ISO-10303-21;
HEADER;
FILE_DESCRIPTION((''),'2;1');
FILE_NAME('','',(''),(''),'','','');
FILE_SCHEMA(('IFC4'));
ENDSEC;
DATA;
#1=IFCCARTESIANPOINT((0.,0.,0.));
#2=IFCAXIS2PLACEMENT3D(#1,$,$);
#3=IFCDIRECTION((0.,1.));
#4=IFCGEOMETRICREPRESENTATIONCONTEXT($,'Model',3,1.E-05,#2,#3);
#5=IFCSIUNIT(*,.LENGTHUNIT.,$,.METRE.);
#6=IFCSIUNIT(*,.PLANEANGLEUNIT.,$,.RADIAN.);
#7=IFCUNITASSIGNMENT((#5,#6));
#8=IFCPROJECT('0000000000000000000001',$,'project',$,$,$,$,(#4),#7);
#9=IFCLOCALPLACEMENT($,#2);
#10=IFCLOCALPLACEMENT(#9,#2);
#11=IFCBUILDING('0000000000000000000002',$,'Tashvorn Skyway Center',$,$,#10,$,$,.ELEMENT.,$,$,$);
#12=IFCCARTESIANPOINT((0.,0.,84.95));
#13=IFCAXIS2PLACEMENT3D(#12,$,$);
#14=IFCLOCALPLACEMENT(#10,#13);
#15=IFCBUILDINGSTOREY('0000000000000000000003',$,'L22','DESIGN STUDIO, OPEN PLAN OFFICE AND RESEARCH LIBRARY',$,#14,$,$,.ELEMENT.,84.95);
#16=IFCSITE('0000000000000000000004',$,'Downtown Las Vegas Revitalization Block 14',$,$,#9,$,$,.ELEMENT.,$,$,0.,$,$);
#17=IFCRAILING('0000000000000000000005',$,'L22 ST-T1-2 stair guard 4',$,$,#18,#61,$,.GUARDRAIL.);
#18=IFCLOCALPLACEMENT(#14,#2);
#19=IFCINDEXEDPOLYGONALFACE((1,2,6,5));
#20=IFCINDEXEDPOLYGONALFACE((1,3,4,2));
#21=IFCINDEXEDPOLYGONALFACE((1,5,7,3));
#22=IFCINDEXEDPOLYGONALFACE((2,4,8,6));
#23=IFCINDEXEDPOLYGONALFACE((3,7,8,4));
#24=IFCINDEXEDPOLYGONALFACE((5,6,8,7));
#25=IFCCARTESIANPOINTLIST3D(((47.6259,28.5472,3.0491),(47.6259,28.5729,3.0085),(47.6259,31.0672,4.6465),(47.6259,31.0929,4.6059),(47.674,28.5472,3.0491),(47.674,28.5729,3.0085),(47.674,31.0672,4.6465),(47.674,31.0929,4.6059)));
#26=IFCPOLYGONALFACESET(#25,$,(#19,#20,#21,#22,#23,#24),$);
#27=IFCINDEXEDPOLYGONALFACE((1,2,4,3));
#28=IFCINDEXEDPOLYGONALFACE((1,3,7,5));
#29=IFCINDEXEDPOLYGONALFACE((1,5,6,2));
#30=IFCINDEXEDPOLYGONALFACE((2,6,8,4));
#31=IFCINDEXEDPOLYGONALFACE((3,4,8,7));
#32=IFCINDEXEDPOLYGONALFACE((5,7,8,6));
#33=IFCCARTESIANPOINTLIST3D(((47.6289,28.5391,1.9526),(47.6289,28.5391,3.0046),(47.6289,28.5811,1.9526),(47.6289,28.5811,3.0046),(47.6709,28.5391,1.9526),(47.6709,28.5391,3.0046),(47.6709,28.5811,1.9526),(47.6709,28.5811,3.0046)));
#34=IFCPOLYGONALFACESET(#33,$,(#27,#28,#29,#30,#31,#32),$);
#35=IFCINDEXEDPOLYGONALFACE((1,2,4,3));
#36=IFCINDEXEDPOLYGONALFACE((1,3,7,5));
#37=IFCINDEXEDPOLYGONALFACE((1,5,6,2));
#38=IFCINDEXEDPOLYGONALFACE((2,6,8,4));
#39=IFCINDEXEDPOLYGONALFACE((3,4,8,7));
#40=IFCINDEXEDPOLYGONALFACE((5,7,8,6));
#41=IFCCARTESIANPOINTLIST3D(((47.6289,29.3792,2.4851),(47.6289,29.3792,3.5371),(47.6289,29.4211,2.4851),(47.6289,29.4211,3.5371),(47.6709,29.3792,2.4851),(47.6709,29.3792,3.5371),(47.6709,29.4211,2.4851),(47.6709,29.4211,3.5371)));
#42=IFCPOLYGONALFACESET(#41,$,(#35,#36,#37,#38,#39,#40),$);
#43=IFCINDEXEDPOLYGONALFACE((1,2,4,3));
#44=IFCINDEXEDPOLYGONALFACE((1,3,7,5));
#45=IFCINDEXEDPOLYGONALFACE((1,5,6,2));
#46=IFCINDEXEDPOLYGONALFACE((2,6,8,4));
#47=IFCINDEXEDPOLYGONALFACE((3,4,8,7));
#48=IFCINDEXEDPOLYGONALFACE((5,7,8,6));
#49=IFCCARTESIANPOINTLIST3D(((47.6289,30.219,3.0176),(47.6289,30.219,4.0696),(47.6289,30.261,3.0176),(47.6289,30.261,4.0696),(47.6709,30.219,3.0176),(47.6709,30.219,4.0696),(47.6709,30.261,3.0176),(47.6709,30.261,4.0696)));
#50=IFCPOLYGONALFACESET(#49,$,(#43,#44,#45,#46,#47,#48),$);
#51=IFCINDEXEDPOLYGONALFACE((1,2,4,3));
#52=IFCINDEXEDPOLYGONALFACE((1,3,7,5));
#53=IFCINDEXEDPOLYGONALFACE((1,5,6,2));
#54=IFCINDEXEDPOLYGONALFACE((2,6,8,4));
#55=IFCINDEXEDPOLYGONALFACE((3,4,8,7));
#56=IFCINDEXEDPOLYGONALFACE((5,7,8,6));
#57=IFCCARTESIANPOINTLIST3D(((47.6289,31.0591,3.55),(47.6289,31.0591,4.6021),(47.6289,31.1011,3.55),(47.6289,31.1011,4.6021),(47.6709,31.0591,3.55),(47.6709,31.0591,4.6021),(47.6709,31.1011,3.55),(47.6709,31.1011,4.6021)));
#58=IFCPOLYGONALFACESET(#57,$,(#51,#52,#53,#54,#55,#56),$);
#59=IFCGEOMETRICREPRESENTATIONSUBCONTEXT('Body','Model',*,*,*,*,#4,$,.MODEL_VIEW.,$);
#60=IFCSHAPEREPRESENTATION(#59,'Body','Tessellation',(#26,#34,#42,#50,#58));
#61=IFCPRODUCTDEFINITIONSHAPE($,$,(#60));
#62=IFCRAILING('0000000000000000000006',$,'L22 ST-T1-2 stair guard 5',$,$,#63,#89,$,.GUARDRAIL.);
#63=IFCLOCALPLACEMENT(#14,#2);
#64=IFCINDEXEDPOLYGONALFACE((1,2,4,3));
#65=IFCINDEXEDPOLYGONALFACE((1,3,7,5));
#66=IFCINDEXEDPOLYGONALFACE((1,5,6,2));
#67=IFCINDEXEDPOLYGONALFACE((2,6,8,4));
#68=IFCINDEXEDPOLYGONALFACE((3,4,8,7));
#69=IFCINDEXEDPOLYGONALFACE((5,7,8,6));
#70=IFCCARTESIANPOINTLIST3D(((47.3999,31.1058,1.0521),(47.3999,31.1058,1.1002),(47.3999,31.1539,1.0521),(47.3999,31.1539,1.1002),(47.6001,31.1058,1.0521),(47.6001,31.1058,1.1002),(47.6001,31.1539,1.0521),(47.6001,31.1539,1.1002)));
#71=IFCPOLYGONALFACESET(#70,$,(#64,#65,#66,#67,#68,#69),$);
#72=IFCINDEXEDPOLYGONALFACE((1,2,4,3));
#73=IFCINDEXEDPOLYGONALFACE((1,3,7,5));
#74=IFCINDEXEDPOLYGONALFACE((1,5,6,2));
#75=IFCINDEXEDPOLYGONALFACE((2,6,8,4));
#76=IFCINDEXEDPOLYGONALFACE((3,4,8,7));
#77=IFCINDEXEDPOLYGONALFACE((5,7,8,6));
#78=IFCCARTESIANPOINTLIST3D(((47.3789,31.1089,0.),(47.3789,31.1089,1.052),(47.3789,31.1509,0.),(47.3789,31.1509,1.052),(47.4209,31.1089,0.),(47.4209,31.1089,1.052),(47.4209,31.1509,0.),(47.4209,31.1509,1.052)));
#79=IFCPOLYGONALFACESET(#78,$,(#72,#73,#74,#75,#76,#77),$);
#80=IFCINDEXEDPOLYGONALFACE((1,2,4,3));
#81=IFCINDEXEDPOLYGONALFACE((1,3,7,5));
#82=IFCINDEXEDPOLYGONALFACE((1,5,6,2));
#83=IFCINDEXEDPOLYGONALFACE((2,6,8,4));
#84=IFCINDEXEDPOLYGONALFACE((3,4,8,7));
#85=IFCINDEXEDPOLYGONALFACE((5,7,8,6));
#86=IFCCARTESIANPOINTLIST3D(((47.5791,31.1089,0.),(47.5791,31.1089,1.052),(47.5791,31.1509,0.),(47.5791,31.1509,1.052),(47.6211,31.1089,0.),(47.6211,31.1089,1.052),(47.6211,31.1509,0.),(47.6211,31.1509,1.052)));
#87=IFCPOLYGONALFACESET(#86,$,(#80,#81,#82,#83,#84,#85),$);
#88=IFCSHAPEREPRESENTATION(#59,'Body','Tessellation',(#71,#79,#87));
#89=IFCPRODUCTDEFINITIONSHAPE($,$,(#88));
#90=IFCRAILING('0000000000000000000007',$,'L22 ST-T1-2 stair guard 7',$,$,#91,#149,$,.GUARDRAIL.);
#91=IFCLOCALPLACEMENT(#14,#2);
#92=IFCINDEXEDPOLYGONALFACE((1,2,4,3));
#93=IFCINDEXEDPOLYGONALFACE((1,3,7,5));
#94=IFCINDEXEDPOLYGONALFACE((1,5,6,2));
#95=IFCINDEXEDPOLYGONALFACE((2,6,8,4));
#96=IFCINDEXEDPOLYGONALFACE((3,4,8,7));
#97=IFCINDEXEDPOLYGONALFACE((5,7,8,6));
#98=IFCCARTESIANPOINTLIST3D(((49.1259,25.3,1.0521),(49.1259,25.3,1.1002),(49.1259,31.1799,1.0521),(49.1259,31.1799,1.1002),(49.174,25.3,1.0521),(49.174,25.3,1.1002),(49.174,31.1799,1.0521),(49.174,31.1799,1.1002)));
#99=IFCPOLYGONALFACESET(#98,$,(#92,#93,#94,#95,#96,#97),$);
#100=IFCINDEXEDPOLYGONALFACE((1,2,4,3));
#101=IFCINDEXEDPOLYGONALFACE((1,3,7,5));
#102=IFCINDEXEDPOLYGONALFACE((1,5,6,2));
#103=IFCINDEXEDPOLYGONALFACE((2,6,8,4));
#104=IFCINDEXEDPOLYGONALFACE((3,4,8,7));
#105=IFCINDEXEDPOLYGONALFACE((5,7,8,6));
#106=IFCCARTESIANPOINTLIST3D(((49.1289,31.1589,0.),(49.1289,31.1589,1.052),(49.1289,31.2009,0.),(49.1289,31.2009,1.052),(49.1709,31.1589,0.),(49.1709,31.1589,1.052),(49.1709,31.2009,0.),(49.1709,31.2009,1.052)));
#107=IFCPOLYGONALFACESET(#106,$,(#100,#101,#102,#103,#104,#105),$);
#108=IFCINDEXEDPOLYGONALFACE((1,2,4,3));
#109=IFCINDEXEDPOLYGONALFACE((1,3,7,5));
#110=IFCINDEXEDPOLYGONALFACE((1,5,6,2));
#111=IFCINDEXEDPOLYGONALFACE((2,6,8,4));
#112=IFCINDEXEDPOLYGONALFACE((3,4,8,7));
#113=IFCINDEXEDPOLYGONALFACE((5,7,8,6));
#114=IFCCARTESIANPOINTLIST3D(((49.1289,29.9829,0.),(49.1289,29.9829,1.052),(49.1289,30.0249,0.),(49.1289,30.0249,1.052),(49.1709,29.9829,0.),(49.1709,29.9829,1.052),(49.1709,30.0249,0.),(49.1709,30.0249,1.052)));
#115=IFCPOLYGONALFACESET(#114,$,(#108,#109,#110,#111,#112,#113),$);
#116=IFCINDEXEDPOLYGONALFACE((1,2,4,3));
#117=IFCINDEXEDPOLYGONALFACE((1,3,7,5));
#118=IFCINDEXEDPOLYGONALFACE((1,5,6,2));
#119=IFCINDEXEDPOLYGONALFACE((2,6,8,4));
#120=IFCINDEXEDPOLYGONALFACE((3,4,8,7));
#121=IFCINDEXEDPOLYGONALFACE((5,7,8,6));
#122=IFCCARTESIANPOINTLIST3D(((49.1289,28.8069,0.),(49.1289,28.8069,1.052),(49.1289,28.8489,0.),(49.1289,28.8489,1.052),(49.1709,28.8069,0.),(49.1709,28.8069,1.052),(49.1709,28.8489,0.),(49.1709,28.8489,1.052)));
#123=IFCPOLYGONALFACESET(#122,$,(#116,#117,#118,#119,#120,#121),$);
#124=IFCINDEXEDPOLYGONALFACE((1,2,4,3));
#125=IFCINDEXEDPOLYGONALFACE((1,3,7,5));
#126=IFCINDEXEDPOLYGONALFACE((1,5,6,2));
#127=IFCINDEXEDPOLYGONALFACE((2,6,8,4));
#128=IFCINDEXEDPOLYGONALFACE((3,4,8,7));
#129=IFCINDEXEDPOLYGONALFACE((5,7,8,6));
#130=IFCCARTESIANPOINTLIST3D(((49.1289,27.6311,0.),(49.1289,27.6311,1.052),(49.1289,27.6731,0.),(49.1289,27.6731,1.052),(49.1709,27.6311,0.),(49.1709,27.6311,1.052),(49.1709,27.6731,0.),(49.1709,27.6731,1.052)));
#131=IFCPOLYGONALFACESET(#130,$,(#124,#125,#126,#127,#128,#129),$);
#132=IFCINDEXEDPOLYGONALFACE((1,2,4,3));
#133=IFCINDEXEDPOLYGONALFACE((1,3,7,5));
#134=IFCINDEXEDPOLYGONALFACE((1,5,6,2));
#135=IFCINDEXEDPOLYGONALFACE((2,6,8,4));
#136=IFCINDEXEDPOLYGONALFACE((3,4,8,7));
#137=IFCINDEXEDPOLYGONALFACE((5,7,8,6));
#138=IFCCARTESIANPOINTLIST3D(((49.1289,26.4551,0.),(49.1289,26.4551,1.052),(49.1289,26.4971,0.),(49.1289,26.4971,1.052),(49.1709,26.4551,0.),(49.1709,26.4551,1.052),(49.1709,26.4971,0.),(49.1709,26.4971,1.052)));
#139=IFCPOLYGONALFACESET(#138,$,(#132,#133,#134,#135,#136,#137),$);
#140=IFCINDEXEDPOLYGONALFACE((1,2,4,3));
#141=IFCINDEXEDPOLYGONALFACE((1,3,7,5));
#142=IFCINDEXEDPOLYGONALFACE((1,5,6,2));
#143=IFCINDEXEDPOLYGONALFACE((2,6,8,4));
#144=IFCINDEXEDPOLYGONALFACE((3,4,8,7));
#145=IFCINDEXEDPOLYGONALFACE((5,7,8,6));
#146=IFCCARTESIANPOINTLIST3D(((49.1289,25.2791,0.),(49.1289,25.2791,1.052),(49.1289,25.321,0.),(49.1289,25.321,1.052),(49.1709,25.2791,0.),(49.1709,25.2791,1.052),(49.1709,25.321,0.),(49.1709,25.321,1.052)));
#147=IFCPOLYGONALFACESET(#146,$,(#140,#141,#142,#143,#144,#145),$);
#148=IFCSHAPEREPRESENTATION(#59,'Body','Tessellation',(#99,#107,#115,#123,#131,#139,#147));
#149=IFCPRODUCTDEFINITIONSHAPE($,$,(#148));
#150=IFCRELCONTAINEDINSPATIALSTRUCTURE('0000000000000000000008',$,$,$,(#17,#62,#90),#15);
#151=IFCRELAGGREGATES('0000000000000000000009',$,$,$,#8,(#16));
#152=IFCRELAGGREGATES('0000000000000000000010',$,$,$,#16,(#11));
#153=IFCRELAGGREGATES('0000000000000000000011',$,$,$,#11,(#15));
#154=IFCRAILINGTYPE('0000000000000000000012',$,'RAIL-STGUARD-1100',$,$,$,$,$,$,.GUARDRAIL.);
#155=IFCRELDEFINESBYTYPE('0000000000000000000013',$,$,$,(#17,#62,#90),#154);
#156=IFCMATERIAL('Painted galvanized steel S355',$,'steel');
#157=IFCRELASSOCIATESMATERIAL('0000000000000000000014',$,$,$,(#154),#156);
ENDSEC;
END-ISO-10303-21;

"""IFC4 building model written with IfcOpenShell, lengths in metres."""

from ifc_helpers import new_model, si_unit, direction, frame, origin, origin_2d, place, context, subcontext, project, spatial, rectangle, extrude, material, type_object, element, save


model = new_model("IFC4")

# Units and contexts
model_context = context("Model", 3, precision=1e-05, world=origin(), true_north=direction((0.0, 1.0)))
body_context = subcontext(model_context, "Body", "Model", "MODEL_VIEW")
ifc_project = project(units=[si_unit("LENGTHUNIT", "METRE"), si_unit("PLANEANGLEUNIT", "RADIAN")], contexts=[model_context])

# Site, building, storey
site_placement = place(None, origin())
site = spatial("IfcSite", under=ifc_project, at=site_placement, Name="Downtown Las Vegas Revitalization Block 14", CompositionType="ELEMENT", RefElevation=0.0)
building_placement = place(site_placement, origin())
building = spatial("IfcBuilding", under=site, at=building_placement, Name="Tashvorn Skyway Center", CompositionType="ELEMENT")
storey_placement = place(building_placement, frame((0.0, 0.0, 84.95)))
storey = spatial("IfcBuildingStorey", under=building, at=storey_placement, Name="L22", Description="DESIGN STUDIO, OPEN PLAN OFFICE AND RESEARCH LIBRARY", CompositionType="ELEMENT", Elevation=84.95)

# Railings
ifc_material_1 = material(Name="Painted galvanized steel S355", Category="steel")
railing_type_1 = type_object("IfcRailingType", Name="RAIL-STGUARD-1100", PredefinedType="GUARDRAIL", material=ifc_material_1)
railing_1_placement = place(storey_placement, frame((47.6499, 28.5601, 1.9526)))
element("IfcRailing", 1, at=railing_1_placement, inside=storey, type_object=railing_type_1, Name="L22 ST-T1-2 stair guard 4", PredefinedType="GUARDRAIL", context=body_context, shape_type="SweptSolid", body=[
    extrude(rectangle(XDim=0.0481, YDim=0.0481, at=origin_2d()), frame((0.0, 0.0, 1.0762), z_axis=(0.0, 0.844607, 0.535387), x_axis=(-1.0, 0.0, 0.0)), (0.0, 0.0, 1.0), 2.9836),
    extrude(rectangle(XDim=0.042, YDim=0.042, at=origin_2d()), origin(), (0.0, 0.0, 1.0), 1.052),
    extrude(rectangle(XDim=0.042, YDim=0.042, at=origin_2d()), frame((0.0, 0.8401, 0.5325)), (0.0, 0.0, 1.0), 1.052),
    extrude(rectangle(XDim=0.042, YDim=0.042, at=origin_2d()), frame((0.0, 1.6799, 1.0649)), (0.0, 0.0, 1.0), 1.052),
    extrude(rectangle(XDim=0.042, YDim=0.042, at=origin_2d()), frame((0.0, 2.52, 1.5974)), (0.0, 0.0, 1.0), 1.052),
])
railing_2_placement = place(storey_placement, frame((47.3999, 31.1299, 0.0)))
element("IfcRailing", 2, at=railing_2_placement, inside=storey, type_object=railing_type_1, Name="L22 ST-T1-2 stair guard 5", PredefinedType="GUARDRAIL", context=body_context, shape_type="SweptSolid", body=[
    extrude(rectangle(XDim=0.0481, YDim=0.0481, at=origin_2d()), frame((0.0, 0.0, 1.0762), z_axis=(1.0, 0.0, 0.0), x_axis=(0.0, 1.0, 0.0)), (0.0, 0.0, 1.0), 0.2002),
    extrude(rectangle(XDim=0.042, YDim=0.042, at=origin_2d()), origin(), (0.0, 0.0, 1.0), 1.052),
    extrude(rectangle(XDim=0.042, YDim=0.042, at=origin_2d()), frame((0.2002, 0.0, 0.0)), (0.0, 0.0, 1.0), 1.052),
])
railing_3_placement = place(storey_placement, frame((49.1499, 31.1799, 0.0)))
element("IfcRailing", 3, at=railing_3_placement, inside=storey, type_object=railing_type_1, Name="L22 ST-T1-2 stair guard 7", PredefinedType="GUARDRAIL", context=body_context, shape_type="SweptSolid", body=[
    extrude(rectangle(XDim=0.0481, YDim=0.0481, at=origin_2d()), frame((0.0, 0.0, 1.0762), z_axis=(0.0, -1.0, 0.0), x_axis=(1.0, 0.0, 0.0)), (0.0, 0.0, 1.0), 5.8799),
    extrude(rectangle(XDim=0.042, YDim=0.042, at=origin_2d()), origin(), (0.0, 0.0, 1.0), 1.052),
    extrude(rectangle(XDim=0.042, YDim=0.042, at=origin_2d()), frame((0.0, -1.176, 0.0)), (0.0, 0.0, 1.0), 1.052),
    extrude(rectangle(XDim=0.042, YDim=0.042, at=origin_2d()), frame((0.0, -2.3521, 0.0)), (0.0, 0.0, 1.0), 1.052),
    extrude(rectangle(XDim=0.042, YDim=0.042, at=origin_2d()), frame((0.0, -3.5278, 0.0)), (0.0, 0.0, 1.0), 1.052),
    extrude(rectangle(XDim=0.042, YDim=0.042, at=origin_2d()), frame((0.0, -4.7039, 0.0)), (0.0, 0.0, 1.0), 1.052),
    extrude(rectangle(XDim=0.042, YDim=0.042, at=origin_2d()), frame((0.0, -5.8799, 0.0)), (0.0, 0.0, 1.0), 1.052),
])

save(model, "model.ifc")
